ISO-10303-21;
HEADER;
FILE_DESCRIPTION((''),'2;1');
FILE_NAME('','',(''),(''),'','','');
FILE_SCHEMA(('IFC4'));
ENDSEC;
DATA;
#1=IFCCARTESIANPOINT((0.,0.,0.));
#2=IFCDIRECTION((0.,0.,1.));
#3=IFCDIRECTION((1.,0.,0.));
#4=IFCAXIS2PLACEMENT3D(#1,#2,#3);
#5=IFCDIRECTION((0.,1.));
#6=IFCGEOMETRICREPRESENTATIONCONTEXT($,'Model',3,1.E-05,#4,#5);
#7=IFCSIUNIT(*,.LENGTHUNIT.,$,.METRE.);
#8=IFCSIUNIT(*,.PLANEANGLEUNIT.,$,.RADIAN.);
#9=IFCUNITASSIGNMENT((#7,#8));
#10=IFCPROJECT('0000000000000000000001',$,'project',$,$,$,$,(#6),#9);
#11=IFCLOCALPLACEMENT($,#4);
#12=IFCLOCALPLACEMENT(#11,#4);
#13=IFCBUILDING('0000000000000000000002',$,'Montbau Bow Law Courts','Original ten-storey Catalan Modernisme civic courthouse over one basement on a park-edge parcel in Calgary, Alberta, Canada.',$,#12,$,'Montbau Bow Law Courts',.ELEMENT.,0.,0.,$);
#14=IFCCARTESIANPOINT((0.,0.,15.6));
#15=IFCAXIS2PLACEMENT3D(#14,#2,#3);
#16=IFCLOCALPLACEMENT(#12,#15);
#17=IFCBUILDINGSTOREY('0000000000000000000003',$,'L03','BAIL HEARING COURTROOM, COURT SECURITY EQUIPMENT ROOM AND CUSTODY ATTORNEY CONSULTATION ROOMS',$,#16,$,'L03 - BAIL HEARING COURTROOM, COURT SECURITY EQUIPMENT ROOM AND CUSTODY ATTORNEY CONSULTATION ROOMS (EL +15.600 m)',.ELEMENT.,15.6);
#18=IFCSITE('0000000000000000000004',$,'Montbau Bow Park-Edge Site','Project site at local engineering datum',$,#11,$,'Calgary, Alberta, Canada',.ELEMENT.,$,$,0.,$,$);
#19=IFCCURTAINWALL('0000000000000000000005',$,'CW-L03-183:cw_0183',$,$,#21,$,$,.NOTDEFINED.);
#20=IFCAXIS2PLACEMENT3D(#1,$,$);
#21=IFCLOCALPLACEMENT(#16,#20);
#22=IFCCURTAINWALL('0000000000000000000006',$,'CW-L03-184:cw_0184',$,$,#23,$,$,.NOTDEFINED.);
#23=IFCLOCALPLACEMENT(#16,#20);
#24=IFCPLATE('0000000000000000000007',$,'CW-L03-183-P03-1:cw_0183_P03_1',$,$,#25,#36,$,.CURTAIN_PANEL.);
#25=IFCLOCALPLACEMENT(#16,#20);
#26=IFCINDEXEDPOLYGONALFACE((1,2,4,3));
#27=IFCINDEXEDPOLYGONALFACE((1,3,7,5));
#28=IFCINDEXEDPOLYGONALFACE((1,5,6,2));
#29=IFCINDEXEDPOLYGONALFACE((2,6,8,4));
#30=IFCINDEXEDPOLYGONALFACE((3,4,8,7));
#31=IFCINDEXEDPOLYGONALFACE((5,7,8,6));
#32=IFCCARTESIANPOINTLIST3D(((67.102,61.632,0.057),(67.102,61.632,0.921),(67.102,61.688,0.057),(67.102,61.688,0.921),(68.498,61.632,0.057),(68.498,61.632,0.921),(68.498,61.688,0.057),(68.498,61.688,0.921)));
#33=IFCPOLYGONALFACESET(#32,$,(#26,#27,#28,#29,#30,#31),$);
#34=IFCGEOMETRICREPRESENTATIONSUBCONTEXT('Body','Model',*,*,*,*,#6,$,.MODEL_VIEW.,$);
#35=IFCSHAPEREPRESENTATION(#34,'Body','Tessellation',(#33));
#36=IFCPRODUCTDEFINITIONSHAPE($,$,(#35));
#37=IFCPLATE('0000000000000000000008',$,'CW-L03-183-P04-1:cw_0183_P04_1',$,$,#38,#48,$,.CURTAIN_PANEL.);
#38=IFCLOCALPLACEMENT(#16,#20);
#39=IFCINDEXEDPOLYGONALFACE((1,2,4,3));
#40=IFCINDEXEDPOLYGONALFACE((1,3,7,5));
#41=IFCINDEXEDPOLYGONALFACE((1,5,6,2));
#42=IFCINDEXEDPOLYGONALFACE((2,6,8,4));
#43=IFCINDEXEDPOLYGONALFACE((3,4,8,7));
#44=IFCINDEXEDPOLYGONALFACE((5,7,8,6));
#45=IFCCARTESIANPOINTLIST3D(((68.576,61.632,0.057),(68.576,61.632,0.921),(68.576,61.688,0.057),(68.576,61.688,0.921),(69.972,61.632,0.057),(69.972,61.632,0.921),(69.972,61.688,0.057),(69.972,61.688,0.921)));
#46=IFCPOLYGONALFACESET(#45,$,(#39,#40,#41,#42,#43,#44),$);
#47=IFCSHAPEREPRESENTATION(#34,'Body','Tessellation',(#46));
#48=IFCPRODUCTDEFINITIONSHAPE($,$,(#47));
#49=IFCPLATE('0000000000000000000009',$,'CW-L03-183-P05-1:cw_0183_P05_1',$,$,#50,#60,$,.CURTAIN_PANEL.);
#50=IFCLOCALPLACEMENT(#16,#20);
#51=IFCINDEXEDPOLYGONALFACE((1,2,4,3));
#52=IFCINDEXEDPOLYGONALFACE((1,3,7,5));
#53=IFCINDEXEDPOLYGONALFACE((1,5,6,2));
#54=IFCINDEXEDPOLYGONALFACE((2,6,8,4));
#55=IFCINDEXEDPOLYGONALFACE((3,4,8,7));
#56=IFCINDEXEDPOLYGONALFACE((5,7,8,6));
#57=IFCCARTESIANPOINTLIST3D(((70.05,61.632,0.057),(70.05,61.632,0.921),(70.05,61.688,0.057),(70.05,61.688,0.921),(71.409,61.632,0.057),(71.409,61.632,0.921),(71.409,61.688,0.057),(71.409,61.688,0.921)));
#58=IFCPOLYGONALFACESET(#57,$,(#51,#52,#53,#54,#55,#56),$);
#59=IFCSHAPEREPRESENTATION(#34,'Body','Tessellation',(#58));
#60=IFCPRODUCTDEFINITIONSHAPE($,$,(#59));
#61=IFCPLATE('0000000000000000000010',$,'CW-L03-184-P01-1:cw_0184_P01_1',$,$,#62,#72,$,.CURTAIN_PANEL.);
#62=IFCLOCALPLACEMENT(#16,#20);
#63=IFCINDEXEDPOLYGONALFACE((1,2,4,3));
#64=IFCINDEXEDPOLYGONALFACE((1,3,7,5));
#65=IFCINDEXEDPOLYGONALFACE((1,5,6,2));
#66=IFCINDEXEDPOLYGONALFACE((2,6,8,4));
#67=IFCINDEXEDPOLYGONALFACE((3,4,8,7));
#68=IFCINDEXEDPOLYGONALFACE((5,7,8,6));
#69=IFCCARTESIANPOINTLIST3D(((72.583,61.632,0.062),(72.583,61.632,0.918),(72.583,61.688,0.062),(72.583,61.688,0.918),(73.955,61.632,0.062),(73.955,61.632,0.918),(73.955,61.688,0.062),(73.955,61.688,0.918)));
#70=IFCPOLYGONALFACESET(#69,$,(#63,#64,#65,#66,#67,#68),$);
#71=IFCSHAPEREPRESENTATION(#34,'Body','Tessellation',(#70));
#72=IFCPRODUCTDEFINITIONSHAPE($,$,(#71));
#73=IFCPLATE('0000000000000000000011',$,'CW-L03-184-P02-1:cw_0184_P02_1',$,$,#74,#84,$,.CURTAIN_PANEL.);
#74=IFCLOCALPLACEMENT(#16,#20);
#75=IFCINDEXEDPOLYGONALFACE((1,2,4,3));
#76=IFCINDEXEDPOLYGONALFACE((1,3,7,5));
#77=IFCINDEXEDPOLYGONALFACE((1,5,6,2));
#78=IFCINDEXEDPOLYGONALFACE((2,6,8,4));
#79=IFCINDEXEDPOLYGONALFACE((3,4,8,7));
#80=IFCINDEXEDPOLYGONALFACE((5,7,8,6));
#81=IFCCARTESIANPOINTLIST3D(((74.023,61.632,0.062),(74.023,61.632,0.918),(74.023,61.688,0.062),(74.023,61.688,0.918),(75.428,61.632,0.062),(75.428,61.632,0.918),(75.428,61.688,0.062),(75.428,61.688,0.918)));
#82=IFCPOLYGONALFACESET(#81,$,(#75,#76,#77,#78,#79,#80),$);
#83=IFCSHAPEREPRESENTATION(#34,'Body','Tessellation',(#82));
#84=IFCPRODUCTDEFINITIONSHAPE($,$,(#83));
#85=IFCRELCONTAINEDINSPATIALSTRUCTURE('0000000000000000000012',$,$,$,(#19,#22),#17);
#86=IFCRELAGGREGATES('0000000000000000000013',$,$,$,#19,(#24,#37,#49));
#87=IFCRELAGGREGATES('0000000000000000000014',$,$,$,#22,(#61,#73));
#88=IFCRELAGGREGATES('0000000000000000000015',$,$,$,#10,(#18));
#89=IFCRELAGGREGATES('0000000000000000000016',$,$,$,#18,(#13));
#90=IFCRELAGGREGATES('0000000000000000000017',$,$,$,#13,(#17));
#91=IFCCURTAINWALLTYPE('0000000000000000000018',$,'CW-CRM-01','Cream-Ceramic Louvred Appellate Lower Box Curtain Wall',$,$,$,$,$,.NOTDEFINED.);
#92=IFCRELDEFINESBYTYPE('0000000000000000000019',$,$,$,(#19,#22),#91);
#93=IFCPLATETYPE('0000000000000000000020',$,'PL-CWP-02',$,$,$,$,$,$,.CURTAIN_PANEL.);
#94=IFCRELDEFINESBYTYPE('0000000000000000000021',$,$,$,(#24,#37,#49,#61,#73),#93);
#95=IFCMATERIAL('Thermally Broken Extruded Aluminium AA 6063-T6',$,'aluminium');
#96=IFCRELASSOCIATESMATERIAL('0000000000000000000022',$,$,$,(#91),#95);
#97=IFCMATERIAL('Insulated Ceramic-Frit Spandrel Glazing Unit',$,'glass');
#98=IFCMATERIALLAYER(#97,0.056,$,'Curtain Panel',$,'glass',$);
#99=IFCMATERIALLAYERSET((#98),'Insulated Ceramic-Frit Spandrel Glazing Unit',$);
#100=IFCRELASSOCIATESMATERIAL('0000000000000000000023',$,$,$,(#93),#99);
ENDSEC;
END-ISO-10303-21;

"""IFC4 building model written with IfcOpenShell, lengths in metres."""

from ifc_helpers import new_model, si_unit, direction, frame, frame_2d, origin_with_axes, place, context, subcontext, project, spatial, rectangle, extrude, material, layer, layer_set, type_object, element, aggregate, save


model = new_model("IFC4")

# Units and contexts
model_context = context("Model", 3, precision=1e-05, world=origin_with_axes(), true_north=direction((0.0, 1.0)))
body_context = subcontext(model_context, "Body", "Model", "MODEL_VIEW")
ifc_project = project(units=[si_unit("LENGTHUNIT", "METRE"), si_unit("PLANEANGLEUNIT", "RADIAN")], contexts=[model_context])

# Site, building, storey
site_placement = place(None, origin_with_axes())
site = spatial("IfcSite", under=ifc_project, at=site_placement, Name="Montbau Bow Park-Edge Site", Description="Project site at local engineering datum", LongName="Calgary, Alberta, Canada", CompositionType="ELEMENT", RefElevation=0.0)
building_placement = place(site_placement, origin_with_axes())
building = spatial("IfcBuilding", under=site, at=building_placement, Name="Montbau Bow Law Courts", Description="Original ten-storey Catalan Modernisme civic courthouse over one basement on a park-edge parcel in Calgary, Alberta, Canada.", LongName="Montbau Bow Law Courts", CompositionType="ELEMENT", ElevationOfRefHeight=0.0, ElevationOfTerrain=0.0)
storey_placement = place(building_placement, frame((0.0, 0.0, 15.6), z_axis=(0.0, 0.0, 1.0), x_axis=(1.0, 0.0, 0.0)))
storey = spatial("IfcBuildingStorey", under=building, at=storey_placement, Name="L03", Description="BAIL HEARING COURTROOM, COURT SECURITY EQUIPMENT ROOM AND CUSTODY ATTORNEY CONSULTATION ROOMS", LongName="L03 - BAIL HEARING COURTROOM, COURT SECURITY EQUIPMENT ROOM AND CUSTODY ATTORNEY CONSULTATION ROOMS (EL +15.600 m)", CompositionType="ELEMENT", Elevation=15.6)

# Curtain walls
ifc_material_1 = material(Name="Thermally Broken Extruded Aluminium AA 6063-T6", Category="aluminium")
curtain_wall_type = type_object("IfcCurtainWallType", Name="CW-CRM-01", Description="Cream-Ceramic Louvred Appellate Lower Box Curtain Wall", PredefinedType="NOTDEFINED", material=ifc_material_1)
curtain_wall_1_placement = place(None, frame((64.115, 61.66, 15.6), z_axis=(0.0, 0.0, 1.0), x_axis=(1.0, 0.0, 0.0)))
curtain_wall_1 = element("IfcCurtainWall", 1, at=curtain_wall_1_placement, inside=storey, type_object=curtain_wall_type, Name="CW-L03-183:cw_0183", PredefinedType="NOTDEFINED")
curtain_wall_2_placement = place(None, frame((72.515, 61.66, 15.6), z_axis=(0.0, 0.0, 1.0), x_axis=(1.0, 0.0, 0.0)))
curtain_wall_2 = element("IfcCurtainWall", 2, at=curtain_wall_2_placement, inside=storey, type_object=curtain_wall_type, Name="CW-L03-184:cw_0184", PredefinedType="NOTDEFINED")

# Plates
ifc_material_2 = material(Name="Insulated Ceramic-Frit Spandrel Glazing Unit", Category="glass")
ifc_layer_1 = layer(ifc_material_2, 0.056, Name="Curtain Panel", Category="glass")
ifc_layer_set_1 = layer_set([ifc_layer_1], Name="Insulated Ceramic-Frit Spandrel Glazing Unit")
plate_type_1 = type_object("IfcPlateType", Name="PL-CWP-02", PredefinedType="CURTAIN_PANEL", material=ifc_layer_set_1)
plate_1_placement = place(None, frame((67.102, 61.66, 15.657), z_axis=(0.0, -1.0, 0.0), x_axis=(1.0, 0.0, 0.0)))
plate_1 = element("IfcPlate", 3, at=plate_1_placement, type_object=plate_type_1, Name="CW-L03-183-P03-1:cw_0183_P03_1", PredefinedType="CURTAIN_PANEL", context=body_context, shape_type="SweptSolid", body=[
    extrude(rectangle(XDim=1.396, YDim=0.864, at=frame_2d((0.698, 0.432), x_axis=(1.0, 0.0))), frame((0.0, 0.0, -0.028), z_axis=(0.0, 0.0, 1.0), x_axis=(1.0, 0.0, 0.0)), (0.0, 0.0, 1.0), 0.056),
])
plate_2_placement = place(None, frame((68.576, 61.66, 15.657), z_axis=(0.0, -1.0, 0.0), x_axis=(1.0, 0.0, 0.0)))
plate_2 = element("IfcPlate", 4, at=plate_2_placement, type_object=plate_type_1, Name="CW-L03-183-P04-1:cw_0183_P04_1", PredefinedType="CURTAIN_PANEL", context=body_context, shape_type="SweptSolid", body=[
    extrude(rectangle(XDim=1.396, YDim=0.864, at=frame_2d((0.698, 0.432), x_axis=(1.0, 0.0))), frame((0.0, 0.0, -0.028), z_axis=(0.0, 0.0, 1.0), x_axis=(1.0, 0.0, 0.0)), (0.0, 0.0, 1.0), 0.056),
])
plate_3_placement = place(None, frame((70.05, 61.66, 15.657), z_axis=(0.0, -1.0, 0.0), x_axis=(1.0, 0.0, 0.0)))
plate_3 = element("IfcPlate", 5, at=plate_3_placement, type_object=plate_type_1, Name="CW-L03-183-P05-1:cw_0183_P05_1", PredefinedType="CURTAIN_PANEL", context=body_context, shape_type="SweptSolid", body=[
    extrude(rectangle(XDim=1.359, YDim=0.864, at=frame_2d((0.6795, 0.432), x_axis=(1.0, 0.0))), frame((0.0, 0.0, -0.028), z_axis=(0.0, 0.0, 1.0), x_axis=(1.0, 0.0, 0.0)), (0.0, 0.0, 1.0), 0.056),
])
aggregate(curtain_wall_1, [plate_1, plate_2, plate_3])
plate_4_placement = place(None, frame((72.583, 61.66, 15.662), z_axis=(0.0, -1.0, 0.0), x_axis=(1.0, 0.0, 0.0)))
plate_4 = element("IfcPlate", 6, at=plate_4_placement, type_object=plate_type_1, Name="CW-L03-184-P01-1:cw_0184_P01_1", PredefinedType="CURTAIN_PANEL", context=body_context, shape_type="SweptSolid", body=[
    extrude(rectangle(XDim=1.372, YDim=0.856, at=frame_2d((0.686, 0.428), x_axis=(1.0, 0.0))), frame((0.0, 0.0, -0.028), z_axis=(0.0, 0.0, 1.0), x_axis=(1.0, 0.0, 0.0)), (0.0, 0.0, 1.0), 0.056),
])
plate_5_placement = place(None, frame((74.023, 61.66, 15.662), z_axis=(0.0, -1.0, 0.0), x_axis=(1.0, 0.0, 0.0)))
plate_5 = element("IfcPlate", 7, at=plate_5_placement, type_object=plate_type_1, Name="CW-L03-184-P02-1:cw_0184_P02_1", PredefinedType="CURTAIN_PANEL", context=body_context, shape_type="SweptSolid", body=[
    extrude(rectangle(XDim=1.405, YDim=0.856, at=frame_2d((0.7025, 0.428), x_axis=(1.0, 0.0))), frame((0.0, 0.0, -0.028), z_axis=(0.0, 0.0, 1.0), x_axis=(1.0, 0.0, 0.0)), (0.0, 0.0, 1.0), 0.056),
])
aggregate(curtain_wall_2, [plate_4, plate_5])

save(model, "model.ifc")
